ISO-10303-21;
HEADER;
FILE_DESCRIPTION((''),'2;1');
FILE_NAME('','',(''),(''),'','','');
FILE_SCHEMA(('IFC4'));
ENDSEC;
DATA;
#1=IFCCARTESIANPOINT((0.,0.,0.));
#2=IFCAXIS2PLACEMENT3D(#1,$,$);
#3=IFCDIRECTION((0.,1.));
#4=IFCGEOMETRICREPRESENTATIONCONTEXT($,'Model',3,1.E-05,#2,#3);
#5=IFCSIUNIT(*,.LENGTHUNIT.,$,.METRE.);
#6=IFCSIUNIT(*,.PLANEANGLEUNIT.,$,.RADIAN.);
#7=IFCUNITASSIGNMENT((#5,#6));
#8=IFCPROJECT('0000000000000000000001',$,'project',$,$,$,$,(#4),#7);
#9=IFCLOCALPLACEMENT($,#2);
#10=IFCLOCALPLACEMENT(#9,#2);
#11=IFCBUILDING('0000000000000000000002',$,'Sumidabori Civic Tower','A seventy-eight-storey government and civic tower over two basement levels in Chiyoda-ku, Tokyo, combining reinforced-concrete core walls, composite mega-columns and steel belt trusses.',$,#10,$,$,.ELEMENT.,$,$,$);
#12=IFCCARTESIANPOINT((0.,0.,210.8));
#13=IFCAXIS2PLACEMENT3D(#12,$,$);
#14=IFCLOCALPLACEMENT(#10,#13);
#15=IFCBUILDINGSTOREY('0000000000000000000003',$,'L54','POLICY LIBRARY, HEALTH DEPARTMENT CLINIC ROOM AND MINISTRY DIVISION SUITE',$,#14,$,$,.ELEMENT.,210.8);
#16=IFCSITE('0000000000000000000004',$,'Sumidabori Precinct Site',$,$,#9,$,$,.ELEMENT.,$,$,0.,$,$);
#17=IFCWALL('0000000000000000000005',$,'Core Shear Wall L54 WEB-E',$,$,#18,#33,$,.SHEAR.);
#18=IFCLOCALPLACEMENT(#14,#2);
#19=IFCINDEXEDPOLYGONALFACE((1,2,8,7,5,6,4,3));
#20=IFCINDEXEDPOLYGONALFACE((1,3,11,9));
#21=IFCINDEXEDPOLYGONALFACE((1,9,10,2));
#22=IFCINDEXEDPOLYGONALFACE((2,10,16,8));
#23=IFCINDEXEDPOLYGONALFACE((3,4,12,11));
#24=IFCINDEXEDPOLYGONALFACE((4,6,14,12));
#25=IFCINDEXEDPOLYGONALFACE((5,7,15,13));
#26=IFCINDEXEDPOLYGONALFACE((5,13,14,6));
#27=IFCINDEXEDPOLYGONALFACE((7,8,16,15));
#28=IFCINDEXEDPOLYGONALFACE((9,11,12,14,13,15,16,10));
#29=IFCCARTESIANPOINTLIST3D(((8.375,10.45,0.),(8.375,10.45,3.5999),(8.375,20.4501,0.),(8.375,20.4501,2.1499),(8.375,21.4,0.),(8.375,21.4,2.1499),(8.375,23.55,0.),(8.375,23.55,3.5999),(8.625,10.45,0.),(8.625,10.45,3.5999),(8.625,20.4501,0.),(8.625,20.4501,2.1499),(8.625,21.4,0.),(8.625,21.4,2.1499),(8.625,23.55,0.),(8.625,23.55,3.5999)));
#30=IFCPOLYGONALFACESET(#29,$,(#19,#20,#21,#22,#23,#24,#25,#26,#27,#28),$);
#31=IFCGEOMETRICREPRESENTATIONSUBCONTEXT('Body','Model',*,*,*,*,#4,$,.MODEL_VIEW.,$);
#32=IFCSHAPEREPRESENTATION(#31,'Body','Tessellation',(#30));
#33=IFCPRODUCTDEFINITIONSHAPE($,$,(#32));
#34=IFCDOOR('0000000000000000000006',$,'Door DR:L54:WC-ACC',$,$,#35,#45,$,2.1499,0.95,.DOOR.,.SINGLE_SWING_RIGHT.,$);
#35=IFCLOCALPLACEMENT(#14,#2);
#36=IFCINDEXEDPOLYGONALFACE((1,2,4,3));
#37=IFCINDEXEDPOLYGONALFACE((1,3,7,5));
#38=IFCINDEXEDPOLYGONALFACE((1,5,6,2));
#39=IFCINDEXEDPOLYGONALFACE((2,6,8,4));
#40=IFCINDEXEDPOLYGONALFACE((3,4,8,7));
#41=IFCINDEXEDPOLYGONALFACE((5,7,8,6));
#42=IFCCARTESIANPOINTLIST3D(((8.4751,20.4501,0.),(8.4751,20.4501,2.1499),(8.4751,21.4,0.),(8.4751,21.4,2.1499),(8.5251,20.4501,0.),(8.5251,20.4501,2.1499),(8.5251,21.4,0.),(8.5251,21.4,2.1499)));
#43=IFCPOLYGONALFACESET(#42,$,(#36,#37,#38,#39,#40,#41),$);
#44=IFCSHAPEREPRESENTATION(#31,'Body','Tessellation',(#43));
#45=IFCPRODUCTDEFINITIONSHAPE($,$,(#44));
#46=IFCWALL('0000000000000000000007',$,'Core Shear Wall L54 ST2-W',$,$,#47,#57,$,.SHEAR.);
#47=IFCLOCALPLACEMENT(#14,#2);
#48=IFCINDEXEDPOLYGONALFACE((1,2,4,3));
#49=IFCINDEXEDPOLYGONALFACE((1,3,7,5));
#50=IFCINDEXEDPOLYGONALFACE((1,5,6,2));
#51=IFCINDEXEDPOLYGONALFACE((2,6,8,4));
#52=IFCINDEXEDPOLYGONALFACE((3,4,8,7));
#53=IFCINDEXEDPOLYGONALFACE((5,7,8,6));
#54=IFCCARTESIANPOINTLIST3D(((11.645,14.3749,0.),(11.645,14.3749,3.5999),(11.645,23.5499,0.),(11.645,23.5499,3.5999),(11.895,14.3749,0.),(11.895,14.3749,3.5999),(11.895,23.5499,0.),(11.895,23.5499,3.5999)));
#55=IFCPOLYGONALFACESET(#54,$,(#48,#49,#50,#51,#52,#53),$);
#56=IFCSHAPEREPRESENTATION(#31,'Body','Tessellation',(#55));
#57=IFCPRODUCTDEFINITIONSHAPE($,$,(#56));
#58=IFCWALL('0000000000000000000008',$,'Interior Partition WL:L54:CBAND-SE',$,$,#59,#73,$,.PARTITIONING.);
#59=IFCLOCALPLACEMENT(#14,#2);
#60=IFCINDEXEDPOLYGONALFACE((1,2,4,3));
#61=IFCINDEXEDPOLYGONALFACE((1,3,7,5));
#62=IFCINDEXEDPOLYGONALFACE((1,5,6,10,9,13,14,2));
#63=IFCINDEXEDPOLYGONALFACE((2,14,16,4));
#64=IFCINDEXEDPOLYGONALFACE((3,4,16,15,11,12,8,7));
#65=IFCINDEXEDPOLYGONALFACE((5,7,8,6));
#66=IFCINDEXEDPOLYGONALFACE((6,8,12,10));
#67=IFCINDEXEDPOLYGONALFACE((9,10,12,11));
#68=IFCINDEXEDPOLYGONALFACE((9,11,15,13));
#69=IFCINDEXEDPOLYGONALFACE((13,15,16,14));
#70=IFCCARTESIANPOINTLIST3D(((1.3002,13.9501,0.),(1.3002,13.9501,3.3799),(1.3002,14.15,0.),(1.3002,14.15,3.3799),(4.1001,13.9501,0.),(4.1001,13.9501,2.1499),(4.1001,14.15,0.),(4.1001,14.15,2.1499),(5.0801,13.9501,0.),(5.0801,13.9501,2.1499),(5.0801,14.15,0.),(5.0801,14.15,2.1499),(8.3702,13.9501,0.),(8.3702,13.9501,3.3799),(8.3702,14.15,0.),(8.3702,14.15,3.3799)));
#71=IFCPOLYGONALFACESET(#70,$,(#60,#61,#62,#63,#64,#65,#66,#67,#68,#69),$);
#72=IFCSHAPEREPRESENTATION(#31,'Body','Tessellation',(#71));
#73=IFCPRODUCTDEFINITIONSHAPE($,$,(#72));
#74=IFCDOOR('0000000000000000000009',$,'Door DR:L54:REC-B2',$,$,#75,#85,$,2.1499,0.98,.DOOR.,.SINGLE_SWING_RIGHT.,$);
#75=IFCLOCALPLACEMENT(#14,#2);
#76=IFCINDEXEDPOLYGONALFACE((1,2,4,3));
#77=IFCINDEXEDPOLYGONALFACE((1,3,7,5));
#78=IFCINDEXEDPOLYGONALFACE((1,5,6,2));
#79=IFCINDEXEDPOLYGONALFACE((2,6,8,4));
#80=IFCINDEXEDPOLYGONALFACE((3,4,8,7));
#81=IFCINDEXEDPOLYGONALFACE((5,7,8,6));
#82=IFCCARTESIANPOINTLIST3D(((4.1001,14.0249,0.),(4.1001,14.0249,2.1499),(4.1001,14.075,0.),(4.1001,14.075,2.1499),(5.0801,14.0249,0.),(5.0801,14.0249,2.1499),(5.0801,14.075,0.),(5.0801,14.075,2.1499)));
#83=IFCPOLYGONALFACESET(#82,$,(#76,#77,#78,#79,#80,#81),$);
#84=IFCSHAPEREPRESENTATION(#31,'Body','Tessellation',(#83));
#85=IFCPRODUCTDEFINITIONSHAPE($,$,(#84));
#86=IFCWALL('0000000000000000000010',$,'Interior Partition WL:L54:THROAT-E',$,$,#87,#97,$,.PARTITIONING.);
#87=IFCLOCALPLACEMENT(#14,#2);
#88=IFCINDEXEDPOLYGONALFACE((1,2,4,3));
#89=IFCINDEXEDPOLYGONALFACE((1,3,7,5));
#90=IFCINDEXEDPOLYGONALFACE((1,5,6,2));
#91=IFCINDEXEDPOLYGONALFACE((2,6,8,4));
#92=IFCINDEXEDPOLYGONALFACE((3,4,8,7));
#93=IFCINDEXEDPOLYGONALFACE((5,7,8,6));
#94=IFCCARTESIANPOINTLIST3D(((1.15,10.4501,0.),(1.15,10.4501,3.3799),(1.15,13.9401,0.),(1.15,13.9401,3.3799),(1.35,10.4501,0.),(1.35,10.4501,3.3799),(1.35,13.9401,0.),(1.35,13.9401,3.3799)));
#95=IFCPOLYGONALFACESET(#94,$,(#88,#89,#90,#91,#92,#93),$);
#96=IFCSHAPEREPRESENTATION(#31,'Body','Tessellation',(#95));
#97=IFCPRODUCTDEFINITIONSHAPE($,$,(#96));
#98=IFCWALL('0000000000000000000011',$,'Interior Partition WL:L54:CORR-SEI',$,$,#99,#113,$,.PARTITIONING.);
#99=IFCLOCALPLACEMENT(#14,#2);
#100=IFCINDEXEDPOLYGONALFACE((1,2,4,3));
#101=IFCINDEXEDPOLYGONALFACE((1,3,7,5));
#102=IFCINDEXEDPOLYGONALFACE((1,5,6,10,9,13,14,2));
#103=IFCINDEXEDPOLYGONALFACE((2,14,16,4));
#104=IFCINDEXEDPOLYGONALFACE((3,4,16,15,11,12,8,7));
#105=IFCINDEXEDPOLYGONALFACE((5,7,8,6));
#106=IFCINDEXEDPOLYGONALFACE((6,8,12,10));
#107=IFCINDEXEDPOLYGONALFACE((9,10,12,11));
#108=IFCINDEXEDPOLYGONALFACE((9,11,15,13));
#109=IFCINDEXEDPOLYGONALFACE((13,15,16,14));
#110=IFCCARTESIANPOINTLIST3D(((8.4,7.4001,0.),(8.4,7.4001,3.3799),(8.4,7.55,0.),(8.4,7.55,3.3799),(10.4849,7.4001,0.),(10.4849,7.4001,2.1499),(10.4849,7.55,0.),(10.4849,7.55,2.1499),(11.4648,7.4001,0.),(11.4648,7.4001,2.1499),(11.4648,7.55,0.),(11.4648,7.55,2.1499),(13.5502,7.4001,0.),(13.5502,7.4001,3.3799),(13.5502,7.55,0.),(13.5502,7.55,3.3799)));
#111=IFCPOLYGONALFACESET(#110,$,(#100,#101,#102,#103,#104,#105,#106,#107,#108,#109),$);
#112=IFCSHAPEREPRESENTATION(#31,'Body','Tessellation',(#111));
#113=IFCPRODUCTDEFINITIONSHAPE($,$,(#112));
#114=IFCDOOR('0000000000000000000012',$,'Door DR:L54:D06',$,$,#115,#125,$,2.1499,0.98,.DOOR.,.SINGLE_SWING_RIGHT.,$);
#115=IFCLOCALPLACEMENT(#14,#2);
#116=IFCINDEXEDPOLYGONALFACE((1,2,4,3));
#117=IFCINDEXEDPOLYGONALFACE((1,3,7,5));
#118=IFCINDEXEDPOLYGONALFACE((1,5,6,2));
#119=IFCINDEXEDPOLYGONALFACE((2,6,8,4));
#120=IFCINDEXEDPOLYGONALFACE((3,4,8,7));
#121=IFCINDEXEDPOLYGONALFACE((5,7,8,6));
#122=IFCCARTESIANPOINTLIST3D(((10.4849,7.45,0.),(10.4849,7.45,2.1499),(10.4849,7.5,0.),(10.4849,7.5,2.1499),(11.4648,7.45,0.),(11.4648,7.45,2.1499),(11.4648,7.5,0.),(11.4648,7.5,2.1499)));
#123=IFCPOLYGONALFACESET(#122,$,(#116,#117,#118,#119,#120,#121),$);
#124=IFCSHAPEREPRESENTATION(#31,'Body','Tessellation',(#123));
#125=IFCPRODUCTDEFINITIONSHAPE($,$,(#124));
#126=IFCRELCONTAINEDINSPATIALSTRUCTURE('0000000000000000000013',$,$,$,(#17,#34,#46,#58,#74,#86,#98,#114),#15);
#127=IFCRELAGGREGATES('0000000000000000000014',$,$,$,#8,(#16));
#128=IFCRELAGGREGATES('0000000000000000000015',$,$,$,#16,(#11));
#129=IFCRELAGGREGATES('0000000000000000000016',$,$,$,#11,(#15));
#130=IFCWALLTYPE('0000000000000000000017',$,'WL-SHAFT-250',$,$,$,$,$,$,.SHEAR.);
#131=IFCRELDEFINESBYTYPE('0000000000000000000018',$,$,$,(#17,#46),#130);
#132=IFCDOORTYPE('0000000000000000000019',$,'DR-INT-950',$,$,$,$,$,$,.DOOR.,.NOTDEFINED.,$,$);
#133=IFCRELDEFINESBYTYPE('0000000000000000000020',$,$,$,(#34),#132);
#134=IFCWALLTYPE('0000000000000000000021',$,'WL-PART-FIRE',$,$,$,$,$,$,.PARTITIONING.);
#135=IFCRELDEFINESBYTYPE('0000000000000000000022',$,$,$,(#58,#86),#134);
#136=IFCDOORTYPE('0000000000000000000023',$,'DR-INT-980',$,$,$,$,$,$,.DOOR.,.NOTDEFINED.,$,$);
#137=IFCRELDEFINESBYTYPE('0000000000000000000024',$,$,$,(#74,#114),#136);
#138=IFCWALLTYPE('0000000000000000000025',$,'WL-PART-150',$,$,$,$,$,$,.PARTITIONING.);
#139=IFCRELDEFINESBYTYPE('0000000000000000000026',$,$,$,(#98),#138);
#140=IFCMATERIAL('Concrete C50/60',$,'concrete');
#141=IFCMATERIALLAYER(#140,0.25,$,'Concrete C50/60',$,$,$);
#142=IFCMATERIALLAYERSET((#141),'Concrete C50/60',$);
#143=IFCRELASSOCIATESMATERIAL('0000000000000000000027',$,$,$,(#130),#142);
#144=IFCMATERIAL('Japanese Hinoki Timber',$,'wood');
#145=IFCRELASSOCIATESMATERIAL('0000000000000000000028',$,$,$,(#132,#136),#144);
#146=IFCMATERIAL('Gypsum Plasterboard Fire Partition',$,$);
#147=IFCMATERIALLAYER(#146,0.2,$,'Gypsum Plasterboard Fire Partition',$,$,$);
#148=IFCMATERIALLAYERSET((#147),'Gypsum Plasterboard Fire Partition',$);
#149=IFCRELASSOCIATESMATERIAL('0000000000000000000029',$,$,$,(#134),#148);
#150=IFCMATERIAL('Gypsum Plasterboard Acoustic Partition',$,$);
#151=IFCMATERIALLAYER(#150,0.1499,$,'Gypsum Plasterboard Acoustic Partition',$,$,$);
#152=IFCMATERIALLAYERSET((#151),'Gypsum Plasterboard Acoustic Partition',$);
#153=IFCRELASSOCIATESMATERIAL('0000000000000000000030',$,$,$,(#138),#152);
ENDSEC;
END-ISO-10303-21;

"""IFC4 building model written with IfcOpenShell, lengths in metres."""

from ifc_helpers import new_model, si_unit, direction, frame, frame_2d, origin, place, context, subcontext, project, spatial, rectangle, extrude, source, transform, mapped, material, layer, layer_set, type_object, element, fill, save


model = new_model("IFC4")

# Units and contexts
model_context = context("Model", 3, precision=1e-05, world=origin(), true_north=direction((0.0, 1.0)))
body_context = subcontext(model_context, "Body", "Model", "MODEL_VIEW")
ifc_project = project(units=[si_unit("LENGTHUNIT", "METRE"), si_unit("PLANEANGLEUNIT", "RADIAN")], contexts=[model_context])

# Site, building, storey
site_placement = place(None, origin())
site = spatial("IfcSite", under=ifc_project, at=site_placement, Name="Sumidabori Precinct Site", CompositionType="ELEMENT", RefElevation=0.0)
building_placement = place(site_placement, origin())
building = spatial("IfcBuilding", under=site, at=building_placement, Name="Sumidabori Civic Tower", Description="A seventy-eight-storey government and civic tower over two basement levels in Chiyoda-ku, Tokyo, combining reinforced-concrete core walls, composite mega-columns and steel belt trusses.", CompositionType="ELEMENT")
storey_placement = place(building_placement, frame((0.0, 0.0, 210.8)))
storey = spatial("IfcBuildingStorey", under=building, at=storey_placement, Name="L54", Description="POLICY LIBRARY, HEALTH DEPARTMENT CLINIC ROOM AND MINISTRY DIVISION SUITE", CompositionType="ELEMENT", Elevation=210.8)

# Shared definitions
ifc_material_1 = material(Name="Concrete C50/60", Category="concrete")

# Wall, opening, door
ifc_layer_1 = layer(ifc_material_1, 0.25, Name="Concrete C50/60")
ifc_layer_set_1 = layer_set([ifc_layer_1], Name="Concrete C50/60")
wall_type_1 = type_object("IfcWallType", Name="WL-SHAFT-250", PredefinedType="SHEAR", material=ifc_layer_set_1)
shared_shape_1 = source(origin(), body_context, "Body", "SweptSolid", [
    extrude(rectangle(XDim=13.1001, YDim=0.25, at=frame_2d((6.55, 0.0))), origin(), (0.0, 0.0, 1.0), 3.5999),
])
wall_1_placement = place(storey_placement, frame((8.5, 10.45, 0.0), z_axis=(0.0, 0.0, 1.0), x_axis=(0.0, 1.0, 0.0)))
wall_1 = element("IfcWall", 1, at=wall_1_placement, inside=storey, type_object=wall_type_1, Name="Core Shear Wall L54 WEB-E", PredefinedType="SHEAR", context=body_context, shape_type="MappedRepresentation", body=[
    mapped(shared_shape_1, transform((0.0, 0.0, 0.0), x_axis=(1.0, 0.0, 0.0), y_axis=(0.0, 1.0, 0.0), z_axis=(0.0, 0.0, 1.0), scale=1.0)),
])
opening_1_placement = place(wall_1_placement, frame((10.0, 0.0, 0.0)))
opening_1 = element("IfcOpeningElement", 2, at=opening_1_placement, cuts=wall_1, PredefinedType="OPENING", context=body_context, shape_type="SweptSolid", body=[
    extrude(rectangle(XDim=0.95, YDim=2.1499, at=frame_2d((0.4751, 1.075))), frame((0.0, 0.137, 0.0), z_axis=(0.0, -1.0, 0.0), x_axis=(1.0, 0.0, 0.0)), (0.0, 0.0, 1.0), 0.2739),
])
ifc_material_2 = material(Name="Japanese Hinoki Timber", Category="wood")
door_type_1 = type_object("IfcDoorType", Name="DR-INT-950", OperationType="NOTDEFINED", PredefinedType="DOOR", material=ifc_material_2)
shared_shape_2 = source(origin(), body_context, "Body", "SweptSolid", [
    extrude(rectangle(XDim=0.95, YDim=2.1499, at=frame_2d((0.4751, 1.075))), frame((0.0, 0.0249, 0.0), z_axis=(0.0, -1.0, 0.0), x_axis=(1.0, 0.0, 0.0)), (0.0, 0.0, 1.0), 0.05),
])
door_1_placement = place(opening_1_placement, origin())
door_1 = element("IfcDoor", 3, at=door_1_placement, inside=storey, type_object=door_type_1, Name="Door DR:L54:WC-ACC", OperationType="SINGLE_SWING_RIGHT", OverallHeight=2.1499, OverallWidth=0.95, PredefinedType="DOOR", context=body_context, shape_type="MappedRepresentation", body=[
    mapped(shared_shape_2, transform((0.0, 0.0, 0.0), x_axis=(1.0, 0.0, 0.0), y_axis=(0.0, 1.0, 0.0), z_axis=(0.0, 0.0, 1.0), scale=1.0)),
])
fill(opening_1, door_1)

# Wall
shared_shape_3 = source(origin(), body_context, "Body", "SweptSolid", [
    extrude(rectangle(XDim=9.175, YDim=0.25, at=frame_2d((4.5874, 0.0))), origin(), (0.0, 0.0, 1.0), 3.5999),
])
wall_2_placement = place(storey_placement, frame((11.77, 14.375, 0.0), z_axis=(0.0, 0.0, 1.0), x_axis=(0.0, 1.0, 0.0)))
element("IfcWall", 4, at=wall_2_placement, inside=storey, type_object=wall_type_1, Name="Core Shear Wall L54 ST2-W", PredefinedType="SHEAR", context=body_context, shape_type="MappedRepresentation", body=[
    mapped(shared_shape_3, transform((0.0, 0.0, 0.0), x_axis=(1.0, 0.0, 0.0), y_axis=(0.0, 1.0, 0.0), z_axis=(0.0, 0.0, 1.0), scale=1.0)),
])

# Wall, opening, door
ifc_material_3 = material(Name="Gypsum Plasterboard Fire Partition")
ifc_layer_2 = layer(ifc_material_3, 0.2, Name="Gypsum Plasterboard Fire Partition")
ifc_layer_set_2 = layer_set([ifc_layer_2], Name="Gypsum Plasterboard Fire Partition")
wall_type_2 = type_object("IfcWallType", Name="WL-PART-FIRE", PredefinedType="PARTITIONING", material=ifc_layer_set_2)
shared_shape_4 = source(origin(), body_context, "Body", "SweptSolid", [
    extrude(rectangle(XDim=7.0701, YDim=0.2, at=frame_2d((3.5352, 0.0))), origin(), (0.0, 0.0, 1.0), 3.3799),
])
wall_3_placement = place(storey_placement, frame((1.3, 14.05, 0.0), z_axis=(0.0, 0.0, 1.0), x_axis=(1.0, 0.0, 0.0)))
wall_3 = element("IfcWall", 5, at=wall_3_placement, inside=storey, type_object=wall_type_2, Name="Interior Partition WL:L54:CBAND-SE", PredefinedType="PARTITIONING", context=body_context, shape_type="MappedRepresentation", body=[
    mapped(shared_shape_4, transform((0.0, 0.0, 0.0), x_axis=(1.0, 0.0, 0.0), y_axis=(0.0, 1.0, 0.0), z_axis=(0.0, 0.0, 1.0), scale=1.0)),
])
opening_2_placement = place(wall_3_placement, frame((2.8, 0.0, 0.0)))
opening_2 = element("IfcOpeningElement", 6, at=opening_2_placement, cuts=wall_3, PredefinedType="OPENING", context=body_context, shape_type="SweptSolid", body=[
    extrude(rectangle(XDim=0.98, YDim=2.1499, at=frame_2d((0.49, 1.075))), frame((0.0, 0.1118, 0.0), z_axis=(0.0, -1.0, 0.0), x_axis=(1.0, 0.0, 0.0)), (0.0, 0.0, 1.0), 0.2239),
])
door_type_2 = type_object("IfcDoorType", Name="DR-INT-980", OperationType="NOTDEFINED", PredefinedType="DOOR", material=ifc_material_2)
shared_shape_5 = source(origin(), body_context, "Body", "SweptSolid", [
    extrude(rectangle(XDim=0.98, YDim=2.1499, at=frame_2d((0.49, 1.075))), frame((0.0, 0.0249, 0.0), z_axis=(0.0, -1.0, 0.0), x_axis=(1.0, 0.0, 0.0)), (0.0, 0.0, 1.0), 0.05),
])
door_2_placement = place(opening_2_placement, origin())
door_2 = element("IfcDoor", 7, at=door_2_placement, inside=storey, type_object=door_type_2, Name="Door DR:L54:REC-B2", OperationType="SINGLE_SWING_RIGHT", OverallHeight=2.1499, OverallWidth=0.98, PredefinedType="DOOR", context=body_context, shape_type="MappedRepresentation", body=[
    mapped(shared_shape_5, transform((0.0, 0.0, 0.0), x_axis=(1.0, 0.0, 0.0), y_axis=(0.0, 1.0, 0.0), z_axis=(0.0, 0.0, 1.0), scale=1.0)),
])
fill(opening_2, door_2)

# Wall
shared_shape_6 = source(origin(), body_context, "Body", "SweptSolid", [
    extrude(rectangle(XDim=3.49, YDim=0.2, at=frame_2d((1.7451, 0.0))), origin(), (0.0, 0.0, 1.0), 3.3799),
])
wall_4_placement = place(storey_placement, frame((1.25, 10.45, 0.0), z_axis=(0.0, 0.0, 1.0), x_axis=(0.0, 1.0, 0.0)))
element("IfcWall", 8, at=wall_4_placement, inside=storey, type_object=wall_type_2, Name="Interior Partition WL:L54:THROAT-E", PredefinedType="PARTITIONING", context=body_context, shape_type="MappedRepresentation", body=[
    mapped(shared_shape_6, transform((0.0, 0.0, 0.0), x_axis=(1.0, 0.0, 0.0), y_axis=(0.0, 1.0, 0.0), z_axis=(0.0, 0.0, 1.0), scale=1.0)),
])

# Wall, opening, door
ifc_material_4 = material(Name="Gypsum Plasterboard Acoustic Partition")
ifc_layer_3 = layer(ifc_material_4, 0.1499, Name="Gypsum Plasterboard Acoustic Partition")
ifc_layer_set_3 = layer_set([ifc_layer_3], Name="Gypsum Plasterboard Acoustic Partition")
wall_type_3 = type_object("IfcWallType", Name="WL-PART-150", PredefinedType="PARTITIONING", material=ifc_layer_set_3)
shared_shape_7 = source(origin(), body_context, "Body", "SweptSolid", [
    extrude(rectangle(XDim=5.1501, YDim=0.1499, at=frame_2d((2.5752, 0.0))), origin(), (0.0, 0.0, 1.0), 3.3799),
])
wall_5_placement = place(storey_placement, frame((8.3999, 7.4751, 0.0), z_axis=(0.0, 0.0, 1.0), x_axis=(1.0, 0.0, 0.0)))
wall_5 = element("IfcWall", 9, at=wall_5_placement, inside=storey, type_object=wall_type_3, Name="Interior Partition WL:L54:CORR-SEI", PredefinedType="PARTITIONING", context=body_context, shape_type="MappedRepresentation", body=[
    mapped(shared_shape_7, transform((0.0, 0.0, 0.0), x_axis=(1.0, 0.0, 0.0), y_axis=(0.0, 1.0, 0.0), z_axis=(0.0, 0.0, 1.0), scale=1.0)),
])
opening_3_placement = place(wall_5_placement, frame((2.085, 0.0, 0.0)))
opening_3 = element("IfcOpeningElement", 10, at=opening_3_placement, cuts=wall_5, PredefinedType="OPENING", context=body_context, shape_type="SweptSolid", body=[
    extrude(rectangle(XDim=0.98, YDim=2.1499, at=frame_2d((0.49, 1.075))), frame((0.0, 0.0869, 0.0), z_axis=(0.0, -1.0, 0.0), x_axis=(1.0, 0.0, 0.0)), (0.0, 0.0, 1.0), 0.1738),
])
door_3_placement = place(opening_3_placement, origin())
door_3 = element("IfcDoor", 11, at=door_3_placement, inside=storey, type_object=door_type_2, Name="Door DR:L54:D06", OperationType="SINGLE_SWING_RIGHT", OverallHeight=2.1499, OverallWidth=0.98, PredefinedType="DOOR", context=body_context, shape_type="MappedRepresentation", body=[
    mapped(shared_shape_5, transform((0.0, 0.0, 0.0), x_axis=(1.0, 0.0, 0.0), y_axis=(0.0, 1.0, 0.0), z_axis=(0.0, 0.0, 1.0), scale=1.0)),
])
fill(opening_3, door_3)

save(model, "model.ifc")
